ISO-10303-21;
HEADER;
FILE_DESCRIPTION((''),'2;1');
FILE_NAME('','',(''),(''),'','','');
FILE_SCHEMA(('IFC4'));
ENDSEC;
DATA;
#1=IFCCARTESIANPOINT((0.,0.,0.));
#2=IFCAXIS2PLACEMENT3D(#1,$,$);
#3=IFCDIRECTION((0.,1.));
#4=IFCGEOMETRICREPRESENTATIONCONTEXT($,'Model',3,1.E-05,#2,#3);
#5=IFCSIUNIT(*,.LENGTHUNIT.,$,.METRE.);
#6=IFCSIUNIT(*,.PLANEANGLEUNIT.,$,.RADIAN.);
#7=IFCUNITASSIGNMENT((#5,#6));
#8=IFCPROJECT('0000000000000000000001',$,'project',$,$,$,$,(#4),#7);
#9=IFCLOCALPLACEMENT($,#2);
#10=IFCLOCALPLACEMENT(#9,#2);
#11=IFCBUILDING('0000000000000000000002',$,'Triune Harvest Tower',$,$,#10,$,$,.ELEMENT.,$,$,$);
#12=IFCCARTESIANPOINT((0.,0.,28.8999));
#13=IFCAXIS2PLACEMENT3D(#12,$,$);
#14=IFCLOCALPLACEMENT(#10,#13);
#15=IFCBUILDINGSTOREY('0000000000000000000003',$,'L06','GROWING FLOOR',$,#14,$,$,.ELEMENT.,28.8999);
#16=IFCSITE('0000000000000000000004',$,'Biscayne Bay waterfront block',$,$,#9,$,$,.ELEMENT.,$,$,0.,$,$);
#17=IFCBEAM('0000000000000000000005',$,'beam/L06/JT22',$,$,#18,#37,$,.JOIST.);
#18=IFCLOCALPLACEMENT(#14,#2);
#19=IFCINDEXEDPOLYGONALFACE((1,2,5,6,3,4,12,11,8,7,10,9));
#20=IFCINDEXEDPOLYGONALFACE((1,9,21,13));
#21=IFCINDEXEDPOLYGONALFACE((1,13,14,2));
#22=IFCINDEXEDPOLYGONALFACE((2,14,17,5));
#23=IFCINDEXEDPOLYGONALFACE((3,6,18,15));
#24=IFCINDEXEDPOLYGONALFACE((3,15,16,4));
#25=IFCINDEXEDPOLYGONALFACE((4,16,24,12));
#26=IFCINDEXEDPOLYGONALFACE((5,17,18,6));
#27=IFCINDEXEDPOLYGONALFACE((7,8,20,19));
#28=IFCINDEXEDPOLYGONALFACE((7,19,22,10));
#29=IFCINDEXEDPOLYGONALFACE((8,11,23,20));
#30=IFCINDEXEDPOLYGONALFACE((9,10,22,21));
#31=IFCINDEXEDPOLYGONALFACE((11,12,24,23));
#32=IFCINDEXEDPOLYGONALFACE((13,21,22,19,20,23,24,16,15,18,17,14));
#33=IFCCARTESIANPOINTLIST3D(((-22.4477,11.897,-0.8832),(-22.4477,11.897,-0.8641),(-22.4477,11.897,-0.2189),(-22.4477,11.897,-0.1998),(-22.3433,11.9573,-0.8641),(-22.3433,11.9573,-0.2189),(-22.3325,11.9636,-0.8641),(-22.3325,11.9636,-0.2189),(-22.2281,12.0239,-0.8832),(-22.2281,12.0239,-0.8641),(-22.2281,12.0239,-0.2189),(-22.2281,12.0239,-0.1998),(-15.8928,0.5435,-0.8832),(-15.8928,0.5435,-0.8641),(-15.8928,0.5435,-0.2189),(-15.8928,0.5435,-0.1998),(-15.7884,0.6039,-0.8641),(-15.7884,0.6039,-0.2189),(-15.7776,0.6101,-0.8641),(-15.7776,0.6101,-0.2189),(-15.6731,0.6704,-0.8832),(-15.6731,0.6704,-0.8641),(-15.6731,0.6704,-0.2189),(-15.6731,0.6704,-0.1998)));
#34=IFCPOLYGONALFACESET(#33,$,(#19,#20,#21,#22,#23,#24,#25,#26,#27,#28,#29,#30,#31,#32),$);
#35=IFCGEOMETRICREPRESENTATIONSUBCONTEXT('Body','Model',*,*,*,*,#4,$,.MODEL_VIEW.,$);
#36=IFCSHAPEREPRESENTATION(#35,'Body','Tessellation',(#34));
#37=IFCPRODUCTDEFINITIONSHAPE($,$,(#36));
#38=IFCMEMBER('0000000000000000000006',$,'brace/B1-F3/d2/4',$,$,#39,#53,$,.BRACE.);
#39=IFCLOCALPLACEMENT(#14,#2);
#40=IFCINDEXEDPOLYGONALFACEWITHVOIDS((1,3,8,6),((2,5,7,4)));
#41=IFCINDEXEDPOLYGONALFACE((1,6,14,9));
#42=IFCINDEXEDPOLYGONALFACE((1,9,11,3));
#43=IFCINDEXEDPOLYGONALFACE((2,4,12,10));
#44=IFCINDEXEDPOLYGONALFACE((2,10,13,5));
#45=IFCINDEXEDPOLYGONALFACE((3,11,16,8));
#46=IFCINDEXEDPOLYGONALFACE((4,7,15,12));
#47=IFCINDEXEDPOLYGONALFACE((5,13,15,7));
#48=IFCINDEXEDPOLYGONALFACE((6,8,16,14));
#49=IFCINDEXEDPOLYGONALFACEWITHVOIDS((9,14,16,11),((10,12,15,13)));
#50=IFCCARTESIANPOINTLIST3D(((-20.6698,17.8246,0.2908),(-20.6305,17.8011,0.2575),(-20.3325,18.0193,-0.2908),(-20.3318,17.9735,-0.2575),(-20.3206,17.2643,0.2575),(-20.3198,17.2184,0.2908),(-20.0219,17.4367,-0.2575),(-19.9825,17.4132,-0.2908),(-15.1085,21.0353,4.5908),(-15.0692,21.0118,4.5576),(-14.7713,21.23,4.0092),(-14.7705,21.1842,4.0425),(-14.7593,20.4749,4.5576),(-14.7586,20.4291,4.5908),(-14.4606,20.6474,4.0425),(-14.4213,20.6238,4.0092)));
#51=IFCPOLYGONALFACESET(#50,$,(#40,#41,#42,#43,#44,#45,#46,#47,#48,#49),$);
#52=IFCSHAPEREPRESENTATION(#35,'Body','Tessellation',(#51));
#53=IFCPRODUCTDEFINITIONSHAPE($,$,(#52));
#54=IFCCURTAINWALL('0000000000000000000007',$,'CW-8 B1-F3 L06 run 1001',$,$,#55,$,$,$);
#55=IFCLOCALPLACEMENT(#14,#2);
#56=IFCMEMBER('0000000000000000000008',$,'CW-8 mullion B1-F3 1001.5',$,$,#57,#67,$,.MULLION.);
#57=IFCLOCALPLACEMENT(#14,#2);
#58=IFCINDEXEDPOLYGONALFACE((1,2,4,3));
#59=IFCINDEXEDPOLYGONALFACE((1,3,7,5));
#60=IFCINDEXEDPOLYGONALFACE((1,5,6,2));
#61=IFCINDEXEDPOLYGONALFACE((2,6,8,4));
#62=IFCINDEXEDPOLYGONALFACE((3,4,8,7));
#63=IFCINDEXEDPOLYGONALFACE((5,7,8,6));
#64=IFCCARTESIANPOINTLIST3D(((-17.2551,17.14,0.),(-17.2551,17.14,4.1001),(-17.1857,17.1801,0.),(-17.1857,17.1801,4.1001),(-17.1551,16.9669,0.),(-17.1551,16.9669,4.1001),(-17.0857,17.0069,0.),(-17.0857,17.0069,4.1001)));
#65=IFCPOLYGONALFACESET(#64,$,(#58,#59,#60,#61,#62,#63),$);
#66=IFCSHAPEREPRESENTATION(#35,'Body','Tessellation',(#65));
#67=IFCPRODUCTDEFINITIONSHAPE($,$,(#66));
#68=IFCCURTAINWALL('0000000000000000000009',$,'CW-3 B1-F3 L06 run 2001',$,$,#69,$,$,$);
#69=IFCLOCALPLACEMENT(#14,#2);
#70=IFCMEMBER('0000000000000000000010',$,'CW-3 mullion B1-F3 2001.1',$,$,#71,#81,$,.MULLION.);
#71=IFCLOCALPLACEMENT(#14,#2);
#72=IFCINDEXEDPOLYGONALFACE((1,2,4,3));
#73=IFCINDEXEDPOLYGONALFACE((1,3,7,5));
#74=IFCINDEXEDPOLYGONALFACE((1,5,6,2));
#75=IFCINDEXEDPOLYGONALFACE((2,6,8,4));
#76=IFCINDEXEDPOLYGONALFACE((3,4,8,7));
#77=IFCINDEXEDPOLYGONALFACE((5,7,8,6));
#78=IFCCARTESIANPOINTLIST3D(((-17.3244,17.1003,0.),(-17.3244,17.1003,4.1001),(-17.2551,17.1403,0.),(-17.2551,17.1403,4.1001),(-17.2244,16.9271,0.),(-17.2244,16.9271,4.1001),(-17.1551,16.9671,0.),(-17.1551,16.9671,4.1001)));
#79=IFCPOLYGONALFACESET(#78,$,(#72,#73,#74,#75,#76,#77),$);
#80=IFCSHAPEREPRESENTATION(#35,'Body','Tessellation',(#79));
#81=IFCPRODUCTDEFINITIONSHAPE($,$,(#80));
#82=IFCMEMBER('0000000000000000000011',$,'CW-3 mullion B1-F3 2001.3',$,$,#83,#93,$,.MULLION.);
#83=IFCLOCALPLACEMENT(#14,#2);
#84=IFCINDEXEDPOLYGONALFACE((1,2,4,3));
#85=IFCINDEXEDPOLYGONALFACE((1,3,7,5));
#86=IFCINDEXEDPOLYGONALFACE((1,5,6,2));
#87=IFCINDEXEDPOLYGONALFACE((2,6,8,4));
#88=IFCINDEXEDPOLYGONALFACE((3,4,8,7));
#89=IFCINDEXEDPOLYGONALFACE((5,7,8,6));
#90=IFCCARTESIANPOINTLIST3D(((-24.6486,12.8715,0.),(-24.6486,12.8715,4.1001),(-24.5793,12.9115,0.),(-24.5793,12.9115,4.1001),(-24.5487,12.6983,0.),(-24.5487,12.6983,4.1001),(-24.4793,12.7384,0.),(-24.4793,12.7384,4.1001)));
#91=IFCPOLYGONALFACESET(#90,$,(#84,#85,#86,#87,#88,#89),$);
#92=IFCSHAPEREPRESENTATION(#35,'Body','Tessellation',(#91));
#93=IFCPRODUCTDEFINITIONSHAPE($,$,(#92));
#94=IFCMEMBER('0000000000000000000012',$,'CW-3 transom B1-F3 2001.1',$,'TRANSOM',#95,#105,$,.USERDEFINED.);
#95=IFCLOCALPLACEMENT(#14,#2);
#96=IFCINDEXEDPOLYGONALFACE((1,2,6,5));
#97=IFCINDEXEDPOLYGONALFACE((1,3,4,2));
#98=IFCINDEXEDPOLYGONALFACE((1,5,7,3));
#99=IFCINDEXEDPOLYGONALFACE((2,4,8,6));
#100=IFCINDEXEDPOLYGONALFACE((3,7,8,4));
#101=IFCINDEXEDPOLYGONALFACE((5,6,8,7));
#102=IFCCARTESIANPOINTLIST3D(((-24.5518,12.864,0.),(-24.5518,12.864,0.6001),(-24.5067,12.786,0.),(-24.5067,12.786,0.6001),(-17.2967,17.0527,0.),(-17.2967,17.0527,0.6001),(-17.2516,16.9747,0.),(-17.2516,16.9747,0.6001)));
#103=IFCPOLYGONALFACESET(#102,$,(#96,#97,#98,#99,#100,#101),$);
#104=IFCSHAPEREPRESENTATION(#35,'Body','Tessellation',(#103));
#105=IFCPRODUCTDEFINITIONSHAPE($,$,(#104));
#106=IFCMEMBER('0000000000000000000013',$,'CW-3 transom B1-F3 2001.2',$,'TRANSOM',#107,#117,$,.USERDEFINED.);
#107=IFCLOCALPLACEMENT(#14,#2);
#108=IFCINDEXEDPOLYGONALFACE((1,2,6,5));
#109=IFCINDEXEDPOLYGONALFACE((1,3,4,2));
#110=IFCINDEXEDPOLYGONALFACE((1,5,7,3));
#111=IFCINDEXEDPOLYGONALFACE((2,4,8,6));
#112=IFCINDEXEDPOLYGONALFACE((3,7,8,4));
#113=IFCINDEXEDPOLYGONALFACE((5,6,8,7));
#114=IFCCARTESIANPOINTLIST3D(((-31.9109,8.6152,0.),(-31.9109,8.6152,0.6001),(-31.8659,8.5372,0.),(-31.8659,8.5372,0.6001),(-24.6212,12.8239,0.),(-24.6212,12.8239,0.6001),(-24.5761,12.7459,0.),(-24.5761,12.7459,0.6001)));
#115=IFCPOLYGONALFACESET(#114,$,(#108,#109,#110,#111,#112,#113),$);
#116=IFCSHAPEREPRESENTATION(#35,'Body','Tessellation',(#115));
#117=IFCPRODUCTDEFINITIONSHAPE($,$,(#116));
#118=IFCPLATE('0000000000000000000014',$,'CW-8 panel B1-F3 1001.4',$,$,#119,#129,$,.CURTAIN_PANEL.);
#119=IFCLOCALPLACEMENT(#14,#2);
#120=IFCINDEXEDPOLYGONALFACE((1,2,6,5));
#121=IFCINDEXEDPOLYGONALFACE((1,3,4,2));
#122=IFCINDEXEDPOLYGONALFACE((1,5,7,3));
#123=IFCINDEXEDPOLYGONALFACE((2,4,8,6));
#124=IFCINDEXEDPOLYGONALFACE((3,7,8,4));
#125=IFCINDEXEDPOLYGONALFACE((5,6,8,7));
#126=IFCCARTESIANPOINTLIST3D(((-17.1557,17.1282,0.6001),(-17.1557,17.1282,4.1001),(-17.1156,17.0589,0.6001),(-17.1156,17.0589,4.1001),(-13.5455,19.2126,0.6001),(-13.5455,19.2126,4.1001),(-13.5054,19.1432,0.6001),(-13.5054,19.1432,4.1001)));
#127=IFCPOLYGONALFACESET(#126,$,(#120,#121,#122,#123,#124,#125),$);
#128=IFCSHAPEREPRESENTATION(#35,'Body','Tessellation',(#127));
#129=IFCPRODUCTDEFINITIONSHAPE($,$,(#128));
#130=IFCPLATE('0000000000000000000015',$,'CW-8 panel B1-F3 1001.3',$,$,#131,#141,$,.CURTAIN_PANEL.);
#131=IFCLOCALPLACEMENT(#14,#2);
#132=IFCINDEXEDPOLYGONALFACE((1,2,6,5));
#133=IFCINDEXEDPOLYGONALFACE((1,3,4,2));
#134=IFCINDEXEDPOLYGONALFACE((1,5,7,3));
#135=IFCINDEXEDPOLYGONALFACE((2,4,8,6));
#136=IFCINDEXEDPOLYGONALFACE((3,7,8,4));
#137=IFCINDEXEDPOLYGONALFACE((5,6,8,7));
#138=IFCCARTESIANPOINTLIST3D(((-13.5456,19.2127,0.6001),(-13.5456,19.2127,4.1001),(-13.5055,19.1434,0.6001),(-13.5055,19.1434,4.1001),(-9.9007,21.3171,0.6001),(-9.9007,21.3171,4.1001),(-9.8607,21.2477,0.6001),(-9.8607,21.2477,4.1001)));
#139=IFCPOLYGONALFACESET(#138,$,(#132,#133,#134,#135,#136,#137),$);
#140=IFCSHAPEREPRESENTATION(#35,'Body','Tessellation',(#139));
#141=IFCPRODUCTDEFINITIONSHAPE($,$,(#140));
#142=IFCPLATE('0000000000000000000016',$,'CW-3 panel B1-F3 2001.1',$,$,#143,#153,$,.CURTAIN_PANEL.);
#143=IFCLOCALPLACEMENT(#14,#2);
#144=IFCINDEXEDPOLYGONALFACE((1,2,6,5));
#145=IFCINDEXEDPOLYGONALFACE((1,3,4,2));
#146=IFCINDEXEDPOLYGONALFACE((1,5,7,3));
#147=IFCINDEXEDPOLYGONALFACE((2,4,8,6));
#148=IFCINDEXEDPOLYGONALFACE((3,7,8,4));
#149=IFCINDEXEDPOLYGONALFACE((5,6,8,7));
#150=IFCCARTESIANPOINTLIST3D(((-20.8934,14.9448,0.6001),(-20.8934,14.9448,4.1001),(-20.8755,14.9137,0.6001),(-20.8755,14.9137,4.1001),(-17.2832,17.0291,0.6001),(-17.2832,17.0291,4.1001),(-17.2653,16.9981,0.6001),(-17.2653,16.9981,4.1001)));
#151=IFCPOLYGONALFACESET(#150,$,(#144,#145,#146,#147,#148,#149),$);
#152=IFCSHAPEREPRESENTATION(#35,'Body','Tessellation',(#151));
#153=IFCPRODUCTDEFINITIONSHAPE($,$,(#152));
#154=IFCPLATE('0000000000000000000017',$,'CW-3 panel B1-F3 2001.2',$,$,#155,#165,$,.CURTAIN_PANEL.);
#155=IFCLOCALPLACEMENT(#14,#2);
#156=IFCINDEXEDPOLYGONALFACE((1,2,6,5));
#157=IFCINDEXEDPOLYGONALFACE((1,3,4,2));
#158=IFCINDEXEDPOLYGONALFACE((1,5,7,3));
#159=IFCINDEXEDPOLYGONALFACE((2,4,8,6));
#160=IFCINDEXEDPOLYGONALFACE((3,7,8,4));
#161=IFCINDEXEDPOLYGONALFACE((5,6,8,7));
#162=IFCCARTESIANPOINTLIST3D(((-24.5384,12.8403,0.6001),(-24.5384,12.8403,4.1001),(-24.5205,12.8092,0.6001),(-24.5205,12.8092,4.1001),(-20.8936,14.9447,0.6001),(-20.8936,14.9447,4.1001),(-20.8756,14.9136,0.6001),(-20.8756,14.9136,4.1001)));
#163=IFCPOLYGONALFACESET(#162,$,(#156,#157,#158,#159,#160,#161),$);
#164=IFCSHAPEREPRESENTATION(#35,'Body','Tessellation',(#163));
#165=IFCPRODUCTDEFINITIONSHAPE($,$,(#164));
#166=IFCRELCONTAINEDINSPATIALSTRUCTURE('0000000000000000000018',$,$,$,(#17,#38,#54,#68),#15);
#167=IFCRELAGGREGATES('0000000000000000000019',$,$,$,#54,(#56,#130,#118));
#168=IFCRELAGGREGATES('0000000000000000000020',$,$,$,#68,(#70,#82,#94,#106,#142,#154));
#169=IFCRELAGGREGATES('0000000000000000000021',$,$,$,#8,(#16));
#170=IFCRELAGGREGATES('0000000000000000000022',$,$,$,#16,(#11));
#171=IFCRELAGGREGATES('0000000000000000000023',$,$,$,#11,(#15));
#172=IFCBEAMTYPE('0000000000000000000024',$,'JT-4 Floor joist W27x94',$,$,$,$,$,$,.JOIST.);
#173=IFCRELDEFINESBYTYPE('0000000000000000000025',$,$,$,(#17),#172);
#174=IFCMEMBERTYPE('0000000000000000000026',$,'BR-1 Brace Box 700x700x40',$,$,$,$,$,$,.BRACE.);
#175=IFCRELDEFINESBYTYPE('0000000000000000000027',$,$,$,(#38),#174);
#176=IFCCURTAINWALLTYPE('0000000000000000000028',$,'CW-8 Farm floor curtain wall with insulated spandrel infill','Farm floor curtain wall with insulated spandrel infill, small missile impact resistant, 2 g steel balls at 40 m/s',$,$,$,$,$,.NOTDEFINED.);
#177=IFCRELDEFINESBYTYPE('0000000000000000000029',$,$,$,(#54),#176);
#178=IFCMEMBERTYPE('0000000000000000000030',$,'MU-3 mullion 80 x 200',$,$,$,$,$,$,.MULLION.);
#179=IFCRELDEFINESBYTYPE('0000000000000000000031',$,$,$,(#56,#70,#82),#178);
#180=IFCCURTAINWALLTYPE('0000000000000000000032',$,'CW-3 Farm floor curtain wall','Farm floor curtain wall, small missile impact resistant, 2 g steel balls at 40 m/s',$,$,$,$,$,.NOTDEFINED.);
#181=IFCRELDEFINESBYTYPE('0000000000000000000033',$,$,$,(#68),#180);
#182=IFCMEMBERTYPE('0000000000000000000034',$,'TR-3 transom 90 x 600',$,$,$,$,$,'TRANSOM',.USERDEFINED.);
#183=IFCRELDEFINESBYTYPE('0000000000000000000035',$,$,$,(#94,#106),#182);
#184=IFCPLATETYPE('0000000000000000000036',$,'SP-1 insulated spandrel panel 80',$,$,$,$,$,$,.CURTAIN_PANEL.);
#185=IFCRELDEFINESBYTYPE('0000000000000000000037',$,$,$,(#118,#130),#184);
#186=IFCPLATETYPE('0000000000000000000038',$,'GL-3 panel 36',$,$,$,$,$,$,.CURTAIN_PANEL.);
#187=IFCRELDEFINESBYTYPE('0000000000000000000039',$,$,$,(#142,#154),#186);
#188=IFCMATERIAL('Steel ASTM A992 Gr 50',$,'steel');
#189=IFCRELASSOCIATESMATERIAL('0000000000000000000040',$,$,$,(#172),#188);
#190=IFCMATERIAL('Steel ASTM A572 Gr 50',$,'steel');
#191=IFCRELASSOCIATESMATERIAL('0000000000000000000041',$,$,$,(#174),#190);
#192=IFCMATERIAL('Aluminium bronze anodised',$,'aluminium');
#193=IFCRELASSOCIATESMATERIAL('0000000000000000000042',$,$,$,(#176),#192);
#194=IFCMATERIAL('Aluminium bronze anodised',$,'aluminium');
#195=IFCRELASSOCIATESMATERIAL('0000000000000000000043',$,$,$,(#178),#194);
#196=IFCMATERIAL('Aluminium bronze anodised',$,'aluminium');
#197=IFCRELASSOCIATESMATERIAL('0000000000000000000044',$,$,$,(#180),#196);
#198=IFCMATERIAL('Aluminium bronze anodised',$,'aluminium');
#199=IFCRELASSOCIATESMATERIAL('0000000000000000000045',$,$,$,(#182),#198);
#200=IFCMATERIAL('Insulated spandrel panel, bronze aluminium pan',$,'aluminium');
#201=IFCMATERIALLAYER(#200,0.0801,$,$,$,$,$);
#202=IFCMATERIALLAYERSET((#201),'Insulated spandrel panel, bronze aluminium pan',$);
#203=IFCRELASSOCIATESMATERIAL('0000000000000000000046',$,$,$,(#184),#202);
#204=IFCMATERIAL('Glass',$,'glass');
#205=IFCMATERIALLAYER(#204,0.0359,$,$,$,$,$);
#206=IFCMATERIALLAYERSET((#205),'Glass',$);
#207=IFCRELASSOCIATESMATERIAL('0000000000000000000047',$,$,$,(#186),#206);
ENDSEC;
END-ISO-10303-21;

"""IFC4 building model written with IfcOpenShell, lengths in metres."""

from ifc_helpers import new_model, si_unit, direction, frame, origin, origin_2d, place, context, subcontext, project, spatial, rectangle, hollow_rectangle, i_section, extrude, source, transform, mapped, material, layer, layer_set, material_profile, profile_set, type_object, element, aggregate, save


model = new_model("IFC4")

# Units and contexts
model_context = context("Model", 3, precision=1e-05, world=origin(), true_north=direction((0.0, 1.0)))
body_context = subcontext(model_context, "Body", "Model", "MODEL_VIEW")
ifc_project = project(units=[si_unit("LENGTHUNIT", "METRE"), si_unit("PLANEANGLEUNIT", "RADIAN")], contexts=[model_context])

# Site, building, storey
site_placement = place(None, origin())
site = spatial("IfcSite", under=ifc_project, at=site_placement, Name="Biscayne Bay waterfront block", CompositionType="ELEMENT", RefElevation=0.0)
building_placement = place(site_placement, origin())
building = spatial("IfcBuilding", under=site, at=building_placement, Name="Triune Harvest Tower", CompositionType="ELEMENT")
storey_placement = place(building_placement, frame((0.0, 0.0, 28.8999)))
storey = spatial("IfcBuildingStorey", under=building, at=storey_placement, Name="L06", Description="GROWING FLOOR", CompositionType="ELEMENT", Elevation=28.8999)

# Beam
ifc_material_1 = material(Name="Steel ASTM A992 Gr 50", Category="steel")
ifc_material_profile_1 = material_profile(ifc_material_1, i_section(OverallWidth=0.2537, OverallDepth=0.6833, WebThickness=0.0125, FlangeThickness=0.019, at=origin_2d()), Name="W27x94")
ifc_profile_set_1 = profile_set([ifc_material_profile_1], Name="Steel ASTM A992 Gr 50")
beam_type_1 = type_object("IfcBeamType", Name="JT-4 Floor joist W27x94", PredefinedType="JOIST", material=ifc_profile_set_1)
shared_shape_1 = source(origin(), body_context, "Body", "SweptSolid", [
    extrude(i_section(OverallWidth=0.2537, OverallDepth=0.6833, WebThickness=0.0125, FlangeThickness=0.019, at=origin_2d()), origin(), (0.0, 0.0, 1.0), 13.1099),
])
beam_1_placement = place(storey_placement, frame((-22.3379, 11.9604, -0.5415), z_axis=(0.499999, -0.866026, 0.0), x_axis=(0.866026, 0.499999, 0.0)))
element("IfcBeam", 1, at=beam_1_placement, inside=storey, type_object=beam_type_1, Name="beam/L06/JT22", PredefinedType="JOIST", context=body_context, shape_type="MappedRepresentation", body=[
    mapped(shared_shape_1, transform((0.0, 0.0, 0.0), scale=1.0)),
])

# Member
ifc_material_2 = material(Name="Steel ASTM A572 Gr 50", Category="steel")
ifc_material_profile_2 = material_profile(ifc_material_2, hollow_rectangle(XDim=0.7, YDim=0.7, WallThickness=0.04, at=origin_2d()), Name="Box 700x700x40")
ifc_profile_set_2 = profile_set([ifc_material_profile_2], Name="Steel ASTM A572 Gr 50")
member_type_1 = type_object("IfcMemberType", Name="BR-1 Brace Box 700x700x40", PredefinedType="BRACE", material=ifc_profile_set_2)
shared_shape_2 = source(origin(), body_context, "Body", "SweptSolid", [
    extrude(hollow_rectangle(XDim=0.7, YDim=0.7, WallThickness=0.04, at=origin_2d()), origin(), (0.0, 0.0, 1.0), 7.7283),
])
member_1_placement = place(storey_placement, frame((-20.3262, 17.6189, 0.0), z_axis=(0.719598, 0.415446, 0.556402), x_axis=(-0.499987, 0.866033, 0.0)))
element("IfcMember", 2, at=member_1_placement, inside=storey, type_object=member_type_1, Name="brace/B1-F3/d2/4", PredefinedType="BRACE", context=body_context, shape_type="MappedRepresentation", body=[
    mapped(shared_shape_2, transform((0.0, 0.0, 0.0), scale=1.0)),
])

# Curtain wall, member
ifc_material_3 = material(Name="Aluminium bronze anodised", Category="aluminium")
curtain_wall_type_1 = type_object("IfcCurtainWallType", Name="CW-8 Farm floor curtain wall with insulated spandrel infill", Description="Farm floor curtain wall with insulated spandrel infill, small missile impact resistant, 2 g steel balls at 40 m/s", PredefinedType="NOTDEFINED", material=ifc_material_3)
curtain_wall_1_placement = place(storey_placement, origin())
curtain_wall_1 = element("IfcCurtainWall", 3, at=curtain_wall_1_placement, inside=storey, type_object=curtain_wall_type_1, Name="CW-8 B1-F3 L06 run 1001")
ifc_material_4 = material(Name="Aluminium bronze anodised", Category="aluminium")
ifc_material_profile_3 = material_profile(ifc_material_4, rectangle(XDim=0.2, YDim=0.0801, at=origin_2d()), Name="MU-3 mullion 80 x 200")
ifc_profile_set_3 = profile_set([ifc_material_profile_3], Name="Aluminium bronze anodised")
member_type_2 = type_object("IfcMemberType", Name="MU-3 mullion 80 x 200", PredefinedType="MULLION", material=ifc_profile_set_3)
shared_shape_3 = source(origin(), body_context, "Body", "SweptSolid", [
    extrude(rectangle(XDim=0.2, YDim=0.0801, at=origin_2d()), origin(), (0.0, 0.0, 1.0), 4.1001),
])
member_2_placement = place(storey_placement, frame((-17.1704, 17.0735, 0.0), z_axis=(0.0, 0.0, 1.0), x_axis=(0.5, -0.866025, 0.0)))
member_2 = element("IfcMember", 4, at=member_2_placement, type_object=member_type_2, Name="CW-8 mullion B1-F3 1001.5", PredefinedType="MULLION", context=body_context, shape_type="MappedRepresentation", body=[
    mapped(shared_shape_3, transform((0.0, 0.0, 0.0), scale=1.0)),
])

# Curtain wall, members
ifc_material_5 = material(Name="Aluminium bronze anodised", Category="aluminium")
curtain_wall_type_2 = type_object("IfcCurtainWallType", Name="CW-3 Farm floor curtain wall", Description="Farm floor curtain wall, small missile impact resistant, 2 g steel balls at 40 m/s", PredefinedType="NOTDEFINED", material=ifc_material_5)
curtain_wall_2_placement = place(storey_placement, origin())
curtain_wall_2 = element("IfcCurtainWall", 5, at=curtain_wall_2_placement, inside=storey, type_object=curtain_wall_type_2, Name="CW-3 B1-F3 L06 run 2001")
member_3_placement = place(storey_placement, frame((-17.2397, 17.0337, 0.0), z_axis=(0.0, 0.0, 1.0), x_axis=(0.499999, -0.866026, 0.0)))
member_3 = element("IfcMember", 6, at=member_3_placement, type_object=member_type_2, Name="CW-3 mullion B1-F3 2001.1", PredefinedType="MULLION", context=body_context, shape_type="MappedRepresentation", body=[
    mapped(shared_shape_3, transform((0.0, 0.0, 0.0), scale=1.0)),
])
member_4_placement = place(storey_placement, frame((-24.564, 12.8049, 0.0), z_axis=(0.0, 0.0, 1.0), x_axis=(0.499999, -0.866026, 0.0)))
member_4 = element("IfcMember", 7, at=member_4_placement, type_object=member_type_2, Name="CW-3 mullion B1-F3 2001.3", PredefinedType="MULLION", context=body_context, shape_type="MappedRepresentation", body=[
    mapped(shared_shape_3, transform((0.0, 0.0, 0.0), scale=1.0)),
])
ifc_material_6 = material(Name="Aluminium bronze anodised", Category="aluminium")
ifc_material_profile_4 = material_profile(ifc_material_6, rectangle(XDim=0.0901, YDim=0.6001, at=origin_2d()), Name="TR-3 transom 90 x 600")
ifc_profile_set_4 = profile_set([ifc_material_profile_4], Name="Aluminium bronze anodised")
member_type_3 = type_object("IfcMemberType", Name="TR-3 transom 90 x 600", ElementType="TRANSOM", PredefinedType="USERDEFINED", material=ifc_profile_set_4)
shared_shape_4 = source(origin(), body_context, "Body", "SweptSolid", [
    extrude(rectangle(XDim=0.0901, YDim=0.6001, at=origin_2d()), origin(), (0.0, 0.0, 1.0), 8.3774),
])
member_5_placement = place(storey_placement, frame((-17.2742, 17.0137, 0.3), z_axis=(-0.866027, -0.499997, 0.0), x_axis=(0.499997, -0.866027, 0.0)))
member_5 = element("IfcMember", 8, at=member_5_placement, type_object=member_type_3, Name="CW-3 transom B1-F3 2001.1", ObjectType="TRANSOM", PredefinedType="USERDEFINED", context=body_context, shape_type="MappedRepresentation", body=[
    mapped(shared_shape_4, transform((0.0, 0.0, 0.0), scale=1.0)),
])
shared_shape_5 = source(origin(), body_context, "Body", "SweptSolid", [
    extrude(rectangle(XDim=0.0901, YDim=0.6001, at=origin_2d()), origin(), (0.0, 0.0, 1.0), 8.4175),
])
member_6_placement = place(storey_placement, frame((-24.5986, 12.7849, 0.3), z_axis=(-0.866027, -0.499998, 0.0), x_axis=(0.499998, -0.866027, 0.0)))
member_6 = element("IfcMember", 9, at=member_6_placement, type_object=member_type_3, Name="CW-3 transom B1-F3 2001.2", ObjectType="TRANSOM", PredefinedType="USERDEFINED", context=body_context, shape_type="MappedRepresentation", body=[
    mapped(shared_shape_5, transform((0.0, 0.0, 0.0), scale=1.0)),
])

# Plates
ifc_material_7 = material(Name="Insulated spandrel panel, bronze aluminium pan", Category="aluminium")
ifc_layer_1 = layer(ifc_material_7, 0.0801)
ifc_layer_set_1 = layer_set([ifc_layer_1], Name="Insulated spandrel panel, bronze aluminium pan")
plate_type_1 = type_object("IfcPlateType", Name="SP-1 insulated spandrel panel 80", PredefinedType="CURTAIN_PANEL", material=ifc_layer_set_1)
shared_shape_6 = source(origin(), body_context, "Body", "SweptSolid", [
    extrude(rectangle(XDim=4.1687, YDim=0.0801, at=origin_2d()), origin(), (0.0, 0.0, 1.0), 3.5),
])
plate_1_placement = place(storey_placement, frame((-15.3306, 18.1357, 0.6001), z_axis=(0.0, 0.0, 1.0), x_axis=(-0.866025, -0.5, 0.0)))
plate_1 = element("IfcPlate", 10, at=plate_1_placement, type_object=plate_type_1, Name="CW-8 panel B1-F3 1001.4", PredefinedType="CURTAIN_PANEL", context=body_context, shape_type="MappedRepresentation", body=[
    mapped(shared_shape_6, transform((0.0, 0.0, 0.0), scale=1.0)),
])
shared_shape_7 = source(origin(), body_context, "Body", "SweptSolid", [
    extrude(rectangle(XDim=4.2087, YDim=0.0801, at=origin_2d()), origin(), (0.0, 0.0, 1.0), 3.5),
])
plate_2_placement = place(storey_placement, frame((-11.7031, 20.2302, 0.6001), z_axis=(0.0, 0.0, 1.0), x_axis=(-0.866025, -0.5, 0.0)))
plate_2 = element("IfcPlate", 11, at=plate_2_placement, type_object=plate_type_1, Name="CW-8 panel B1-F3 1001.3", PredefinedType="CURTAIN_PANEL", context=body_context, shape_type="MappedRepresentation", body=[
    mapped(shared_shape_7, transform((0.0, 0.0, 0.0), scale=1.0)),
])
aggregate(curtain_wall_1, [member_2, plate_2, plate_1])
ifc_material_8 = material(Name="Glass", Category="glass")
ifc_layer_2 = layer(ifc_material_8, 0.0359)
ifc_layer_set_2 = layer_set([ifc_layer_2], Name="Glass")
plate_type_2 = type_object("IfcPlateType", Name="GL-3 panel 36", PredefinedType="CURTAIN_PANEL", material=ifc_layer_set_2)
shared_shape_8 = source(origin(), body_context, "Body", "SweptSolid", [
    extrude(rectangle(XDim=4.1687, YDim=0.0359, at=origin_2d()), origin(), (0.0, 0.0, 1.0), 3.5),
])
plate_3_placement = place(storey_placement, frame((-19.0793, 15.9714, 0.6001), z_axis=(0.0, 0.0, 1.0), x_axis=(-0.866026, -0.499999, 0.0)))
plate_3 = element("IfcPlate", 12, at=plate_3_placement, type_object=plate_type_2, Name="CW-3 panel B1-F3 2001.1", PredefinedType="CURTAIN_PANEL", context=body_context, shape_type="MappedRepresentation", body=[
    mapped(shared_shape_8, transform((0.0, 0.0, 0.0), scale=1.0)),
])
shared_shape_9 = source(origin(), body_context, "Body", "SweptSolid", [
    extrude(rectangle(XDim=4.2087, YDim=0.0359, at=origin_2d()), origin(), (0.0, 0.0, 1.0), 3.5),
])
plate_4_placement = place(storey_placement, frame((-22.707, 13.877, 0.6001), z_axis=(0.0, 0.0, 1.0), x_axis=(-0.866026, -0.499999, 0.0)))
plate_4 = element("IfcPlate", 13, at=plate_4_placement, type_object=plate_type_2, Name="CW-3 panel B1-F3 2001.2", PredefinedType="CURTAIN_PANEL", context=body_context, shape_type="MappedRepresentation", body=[
    mapped(shared_shape_9, transform((0.0, 0.0, 0.0), scale=1.0)),
])
aggregate(curtain_wall_2, [member_3, member_4, member_5, member_6, plate_3, plate_4])

save(model, "model.ifc")
